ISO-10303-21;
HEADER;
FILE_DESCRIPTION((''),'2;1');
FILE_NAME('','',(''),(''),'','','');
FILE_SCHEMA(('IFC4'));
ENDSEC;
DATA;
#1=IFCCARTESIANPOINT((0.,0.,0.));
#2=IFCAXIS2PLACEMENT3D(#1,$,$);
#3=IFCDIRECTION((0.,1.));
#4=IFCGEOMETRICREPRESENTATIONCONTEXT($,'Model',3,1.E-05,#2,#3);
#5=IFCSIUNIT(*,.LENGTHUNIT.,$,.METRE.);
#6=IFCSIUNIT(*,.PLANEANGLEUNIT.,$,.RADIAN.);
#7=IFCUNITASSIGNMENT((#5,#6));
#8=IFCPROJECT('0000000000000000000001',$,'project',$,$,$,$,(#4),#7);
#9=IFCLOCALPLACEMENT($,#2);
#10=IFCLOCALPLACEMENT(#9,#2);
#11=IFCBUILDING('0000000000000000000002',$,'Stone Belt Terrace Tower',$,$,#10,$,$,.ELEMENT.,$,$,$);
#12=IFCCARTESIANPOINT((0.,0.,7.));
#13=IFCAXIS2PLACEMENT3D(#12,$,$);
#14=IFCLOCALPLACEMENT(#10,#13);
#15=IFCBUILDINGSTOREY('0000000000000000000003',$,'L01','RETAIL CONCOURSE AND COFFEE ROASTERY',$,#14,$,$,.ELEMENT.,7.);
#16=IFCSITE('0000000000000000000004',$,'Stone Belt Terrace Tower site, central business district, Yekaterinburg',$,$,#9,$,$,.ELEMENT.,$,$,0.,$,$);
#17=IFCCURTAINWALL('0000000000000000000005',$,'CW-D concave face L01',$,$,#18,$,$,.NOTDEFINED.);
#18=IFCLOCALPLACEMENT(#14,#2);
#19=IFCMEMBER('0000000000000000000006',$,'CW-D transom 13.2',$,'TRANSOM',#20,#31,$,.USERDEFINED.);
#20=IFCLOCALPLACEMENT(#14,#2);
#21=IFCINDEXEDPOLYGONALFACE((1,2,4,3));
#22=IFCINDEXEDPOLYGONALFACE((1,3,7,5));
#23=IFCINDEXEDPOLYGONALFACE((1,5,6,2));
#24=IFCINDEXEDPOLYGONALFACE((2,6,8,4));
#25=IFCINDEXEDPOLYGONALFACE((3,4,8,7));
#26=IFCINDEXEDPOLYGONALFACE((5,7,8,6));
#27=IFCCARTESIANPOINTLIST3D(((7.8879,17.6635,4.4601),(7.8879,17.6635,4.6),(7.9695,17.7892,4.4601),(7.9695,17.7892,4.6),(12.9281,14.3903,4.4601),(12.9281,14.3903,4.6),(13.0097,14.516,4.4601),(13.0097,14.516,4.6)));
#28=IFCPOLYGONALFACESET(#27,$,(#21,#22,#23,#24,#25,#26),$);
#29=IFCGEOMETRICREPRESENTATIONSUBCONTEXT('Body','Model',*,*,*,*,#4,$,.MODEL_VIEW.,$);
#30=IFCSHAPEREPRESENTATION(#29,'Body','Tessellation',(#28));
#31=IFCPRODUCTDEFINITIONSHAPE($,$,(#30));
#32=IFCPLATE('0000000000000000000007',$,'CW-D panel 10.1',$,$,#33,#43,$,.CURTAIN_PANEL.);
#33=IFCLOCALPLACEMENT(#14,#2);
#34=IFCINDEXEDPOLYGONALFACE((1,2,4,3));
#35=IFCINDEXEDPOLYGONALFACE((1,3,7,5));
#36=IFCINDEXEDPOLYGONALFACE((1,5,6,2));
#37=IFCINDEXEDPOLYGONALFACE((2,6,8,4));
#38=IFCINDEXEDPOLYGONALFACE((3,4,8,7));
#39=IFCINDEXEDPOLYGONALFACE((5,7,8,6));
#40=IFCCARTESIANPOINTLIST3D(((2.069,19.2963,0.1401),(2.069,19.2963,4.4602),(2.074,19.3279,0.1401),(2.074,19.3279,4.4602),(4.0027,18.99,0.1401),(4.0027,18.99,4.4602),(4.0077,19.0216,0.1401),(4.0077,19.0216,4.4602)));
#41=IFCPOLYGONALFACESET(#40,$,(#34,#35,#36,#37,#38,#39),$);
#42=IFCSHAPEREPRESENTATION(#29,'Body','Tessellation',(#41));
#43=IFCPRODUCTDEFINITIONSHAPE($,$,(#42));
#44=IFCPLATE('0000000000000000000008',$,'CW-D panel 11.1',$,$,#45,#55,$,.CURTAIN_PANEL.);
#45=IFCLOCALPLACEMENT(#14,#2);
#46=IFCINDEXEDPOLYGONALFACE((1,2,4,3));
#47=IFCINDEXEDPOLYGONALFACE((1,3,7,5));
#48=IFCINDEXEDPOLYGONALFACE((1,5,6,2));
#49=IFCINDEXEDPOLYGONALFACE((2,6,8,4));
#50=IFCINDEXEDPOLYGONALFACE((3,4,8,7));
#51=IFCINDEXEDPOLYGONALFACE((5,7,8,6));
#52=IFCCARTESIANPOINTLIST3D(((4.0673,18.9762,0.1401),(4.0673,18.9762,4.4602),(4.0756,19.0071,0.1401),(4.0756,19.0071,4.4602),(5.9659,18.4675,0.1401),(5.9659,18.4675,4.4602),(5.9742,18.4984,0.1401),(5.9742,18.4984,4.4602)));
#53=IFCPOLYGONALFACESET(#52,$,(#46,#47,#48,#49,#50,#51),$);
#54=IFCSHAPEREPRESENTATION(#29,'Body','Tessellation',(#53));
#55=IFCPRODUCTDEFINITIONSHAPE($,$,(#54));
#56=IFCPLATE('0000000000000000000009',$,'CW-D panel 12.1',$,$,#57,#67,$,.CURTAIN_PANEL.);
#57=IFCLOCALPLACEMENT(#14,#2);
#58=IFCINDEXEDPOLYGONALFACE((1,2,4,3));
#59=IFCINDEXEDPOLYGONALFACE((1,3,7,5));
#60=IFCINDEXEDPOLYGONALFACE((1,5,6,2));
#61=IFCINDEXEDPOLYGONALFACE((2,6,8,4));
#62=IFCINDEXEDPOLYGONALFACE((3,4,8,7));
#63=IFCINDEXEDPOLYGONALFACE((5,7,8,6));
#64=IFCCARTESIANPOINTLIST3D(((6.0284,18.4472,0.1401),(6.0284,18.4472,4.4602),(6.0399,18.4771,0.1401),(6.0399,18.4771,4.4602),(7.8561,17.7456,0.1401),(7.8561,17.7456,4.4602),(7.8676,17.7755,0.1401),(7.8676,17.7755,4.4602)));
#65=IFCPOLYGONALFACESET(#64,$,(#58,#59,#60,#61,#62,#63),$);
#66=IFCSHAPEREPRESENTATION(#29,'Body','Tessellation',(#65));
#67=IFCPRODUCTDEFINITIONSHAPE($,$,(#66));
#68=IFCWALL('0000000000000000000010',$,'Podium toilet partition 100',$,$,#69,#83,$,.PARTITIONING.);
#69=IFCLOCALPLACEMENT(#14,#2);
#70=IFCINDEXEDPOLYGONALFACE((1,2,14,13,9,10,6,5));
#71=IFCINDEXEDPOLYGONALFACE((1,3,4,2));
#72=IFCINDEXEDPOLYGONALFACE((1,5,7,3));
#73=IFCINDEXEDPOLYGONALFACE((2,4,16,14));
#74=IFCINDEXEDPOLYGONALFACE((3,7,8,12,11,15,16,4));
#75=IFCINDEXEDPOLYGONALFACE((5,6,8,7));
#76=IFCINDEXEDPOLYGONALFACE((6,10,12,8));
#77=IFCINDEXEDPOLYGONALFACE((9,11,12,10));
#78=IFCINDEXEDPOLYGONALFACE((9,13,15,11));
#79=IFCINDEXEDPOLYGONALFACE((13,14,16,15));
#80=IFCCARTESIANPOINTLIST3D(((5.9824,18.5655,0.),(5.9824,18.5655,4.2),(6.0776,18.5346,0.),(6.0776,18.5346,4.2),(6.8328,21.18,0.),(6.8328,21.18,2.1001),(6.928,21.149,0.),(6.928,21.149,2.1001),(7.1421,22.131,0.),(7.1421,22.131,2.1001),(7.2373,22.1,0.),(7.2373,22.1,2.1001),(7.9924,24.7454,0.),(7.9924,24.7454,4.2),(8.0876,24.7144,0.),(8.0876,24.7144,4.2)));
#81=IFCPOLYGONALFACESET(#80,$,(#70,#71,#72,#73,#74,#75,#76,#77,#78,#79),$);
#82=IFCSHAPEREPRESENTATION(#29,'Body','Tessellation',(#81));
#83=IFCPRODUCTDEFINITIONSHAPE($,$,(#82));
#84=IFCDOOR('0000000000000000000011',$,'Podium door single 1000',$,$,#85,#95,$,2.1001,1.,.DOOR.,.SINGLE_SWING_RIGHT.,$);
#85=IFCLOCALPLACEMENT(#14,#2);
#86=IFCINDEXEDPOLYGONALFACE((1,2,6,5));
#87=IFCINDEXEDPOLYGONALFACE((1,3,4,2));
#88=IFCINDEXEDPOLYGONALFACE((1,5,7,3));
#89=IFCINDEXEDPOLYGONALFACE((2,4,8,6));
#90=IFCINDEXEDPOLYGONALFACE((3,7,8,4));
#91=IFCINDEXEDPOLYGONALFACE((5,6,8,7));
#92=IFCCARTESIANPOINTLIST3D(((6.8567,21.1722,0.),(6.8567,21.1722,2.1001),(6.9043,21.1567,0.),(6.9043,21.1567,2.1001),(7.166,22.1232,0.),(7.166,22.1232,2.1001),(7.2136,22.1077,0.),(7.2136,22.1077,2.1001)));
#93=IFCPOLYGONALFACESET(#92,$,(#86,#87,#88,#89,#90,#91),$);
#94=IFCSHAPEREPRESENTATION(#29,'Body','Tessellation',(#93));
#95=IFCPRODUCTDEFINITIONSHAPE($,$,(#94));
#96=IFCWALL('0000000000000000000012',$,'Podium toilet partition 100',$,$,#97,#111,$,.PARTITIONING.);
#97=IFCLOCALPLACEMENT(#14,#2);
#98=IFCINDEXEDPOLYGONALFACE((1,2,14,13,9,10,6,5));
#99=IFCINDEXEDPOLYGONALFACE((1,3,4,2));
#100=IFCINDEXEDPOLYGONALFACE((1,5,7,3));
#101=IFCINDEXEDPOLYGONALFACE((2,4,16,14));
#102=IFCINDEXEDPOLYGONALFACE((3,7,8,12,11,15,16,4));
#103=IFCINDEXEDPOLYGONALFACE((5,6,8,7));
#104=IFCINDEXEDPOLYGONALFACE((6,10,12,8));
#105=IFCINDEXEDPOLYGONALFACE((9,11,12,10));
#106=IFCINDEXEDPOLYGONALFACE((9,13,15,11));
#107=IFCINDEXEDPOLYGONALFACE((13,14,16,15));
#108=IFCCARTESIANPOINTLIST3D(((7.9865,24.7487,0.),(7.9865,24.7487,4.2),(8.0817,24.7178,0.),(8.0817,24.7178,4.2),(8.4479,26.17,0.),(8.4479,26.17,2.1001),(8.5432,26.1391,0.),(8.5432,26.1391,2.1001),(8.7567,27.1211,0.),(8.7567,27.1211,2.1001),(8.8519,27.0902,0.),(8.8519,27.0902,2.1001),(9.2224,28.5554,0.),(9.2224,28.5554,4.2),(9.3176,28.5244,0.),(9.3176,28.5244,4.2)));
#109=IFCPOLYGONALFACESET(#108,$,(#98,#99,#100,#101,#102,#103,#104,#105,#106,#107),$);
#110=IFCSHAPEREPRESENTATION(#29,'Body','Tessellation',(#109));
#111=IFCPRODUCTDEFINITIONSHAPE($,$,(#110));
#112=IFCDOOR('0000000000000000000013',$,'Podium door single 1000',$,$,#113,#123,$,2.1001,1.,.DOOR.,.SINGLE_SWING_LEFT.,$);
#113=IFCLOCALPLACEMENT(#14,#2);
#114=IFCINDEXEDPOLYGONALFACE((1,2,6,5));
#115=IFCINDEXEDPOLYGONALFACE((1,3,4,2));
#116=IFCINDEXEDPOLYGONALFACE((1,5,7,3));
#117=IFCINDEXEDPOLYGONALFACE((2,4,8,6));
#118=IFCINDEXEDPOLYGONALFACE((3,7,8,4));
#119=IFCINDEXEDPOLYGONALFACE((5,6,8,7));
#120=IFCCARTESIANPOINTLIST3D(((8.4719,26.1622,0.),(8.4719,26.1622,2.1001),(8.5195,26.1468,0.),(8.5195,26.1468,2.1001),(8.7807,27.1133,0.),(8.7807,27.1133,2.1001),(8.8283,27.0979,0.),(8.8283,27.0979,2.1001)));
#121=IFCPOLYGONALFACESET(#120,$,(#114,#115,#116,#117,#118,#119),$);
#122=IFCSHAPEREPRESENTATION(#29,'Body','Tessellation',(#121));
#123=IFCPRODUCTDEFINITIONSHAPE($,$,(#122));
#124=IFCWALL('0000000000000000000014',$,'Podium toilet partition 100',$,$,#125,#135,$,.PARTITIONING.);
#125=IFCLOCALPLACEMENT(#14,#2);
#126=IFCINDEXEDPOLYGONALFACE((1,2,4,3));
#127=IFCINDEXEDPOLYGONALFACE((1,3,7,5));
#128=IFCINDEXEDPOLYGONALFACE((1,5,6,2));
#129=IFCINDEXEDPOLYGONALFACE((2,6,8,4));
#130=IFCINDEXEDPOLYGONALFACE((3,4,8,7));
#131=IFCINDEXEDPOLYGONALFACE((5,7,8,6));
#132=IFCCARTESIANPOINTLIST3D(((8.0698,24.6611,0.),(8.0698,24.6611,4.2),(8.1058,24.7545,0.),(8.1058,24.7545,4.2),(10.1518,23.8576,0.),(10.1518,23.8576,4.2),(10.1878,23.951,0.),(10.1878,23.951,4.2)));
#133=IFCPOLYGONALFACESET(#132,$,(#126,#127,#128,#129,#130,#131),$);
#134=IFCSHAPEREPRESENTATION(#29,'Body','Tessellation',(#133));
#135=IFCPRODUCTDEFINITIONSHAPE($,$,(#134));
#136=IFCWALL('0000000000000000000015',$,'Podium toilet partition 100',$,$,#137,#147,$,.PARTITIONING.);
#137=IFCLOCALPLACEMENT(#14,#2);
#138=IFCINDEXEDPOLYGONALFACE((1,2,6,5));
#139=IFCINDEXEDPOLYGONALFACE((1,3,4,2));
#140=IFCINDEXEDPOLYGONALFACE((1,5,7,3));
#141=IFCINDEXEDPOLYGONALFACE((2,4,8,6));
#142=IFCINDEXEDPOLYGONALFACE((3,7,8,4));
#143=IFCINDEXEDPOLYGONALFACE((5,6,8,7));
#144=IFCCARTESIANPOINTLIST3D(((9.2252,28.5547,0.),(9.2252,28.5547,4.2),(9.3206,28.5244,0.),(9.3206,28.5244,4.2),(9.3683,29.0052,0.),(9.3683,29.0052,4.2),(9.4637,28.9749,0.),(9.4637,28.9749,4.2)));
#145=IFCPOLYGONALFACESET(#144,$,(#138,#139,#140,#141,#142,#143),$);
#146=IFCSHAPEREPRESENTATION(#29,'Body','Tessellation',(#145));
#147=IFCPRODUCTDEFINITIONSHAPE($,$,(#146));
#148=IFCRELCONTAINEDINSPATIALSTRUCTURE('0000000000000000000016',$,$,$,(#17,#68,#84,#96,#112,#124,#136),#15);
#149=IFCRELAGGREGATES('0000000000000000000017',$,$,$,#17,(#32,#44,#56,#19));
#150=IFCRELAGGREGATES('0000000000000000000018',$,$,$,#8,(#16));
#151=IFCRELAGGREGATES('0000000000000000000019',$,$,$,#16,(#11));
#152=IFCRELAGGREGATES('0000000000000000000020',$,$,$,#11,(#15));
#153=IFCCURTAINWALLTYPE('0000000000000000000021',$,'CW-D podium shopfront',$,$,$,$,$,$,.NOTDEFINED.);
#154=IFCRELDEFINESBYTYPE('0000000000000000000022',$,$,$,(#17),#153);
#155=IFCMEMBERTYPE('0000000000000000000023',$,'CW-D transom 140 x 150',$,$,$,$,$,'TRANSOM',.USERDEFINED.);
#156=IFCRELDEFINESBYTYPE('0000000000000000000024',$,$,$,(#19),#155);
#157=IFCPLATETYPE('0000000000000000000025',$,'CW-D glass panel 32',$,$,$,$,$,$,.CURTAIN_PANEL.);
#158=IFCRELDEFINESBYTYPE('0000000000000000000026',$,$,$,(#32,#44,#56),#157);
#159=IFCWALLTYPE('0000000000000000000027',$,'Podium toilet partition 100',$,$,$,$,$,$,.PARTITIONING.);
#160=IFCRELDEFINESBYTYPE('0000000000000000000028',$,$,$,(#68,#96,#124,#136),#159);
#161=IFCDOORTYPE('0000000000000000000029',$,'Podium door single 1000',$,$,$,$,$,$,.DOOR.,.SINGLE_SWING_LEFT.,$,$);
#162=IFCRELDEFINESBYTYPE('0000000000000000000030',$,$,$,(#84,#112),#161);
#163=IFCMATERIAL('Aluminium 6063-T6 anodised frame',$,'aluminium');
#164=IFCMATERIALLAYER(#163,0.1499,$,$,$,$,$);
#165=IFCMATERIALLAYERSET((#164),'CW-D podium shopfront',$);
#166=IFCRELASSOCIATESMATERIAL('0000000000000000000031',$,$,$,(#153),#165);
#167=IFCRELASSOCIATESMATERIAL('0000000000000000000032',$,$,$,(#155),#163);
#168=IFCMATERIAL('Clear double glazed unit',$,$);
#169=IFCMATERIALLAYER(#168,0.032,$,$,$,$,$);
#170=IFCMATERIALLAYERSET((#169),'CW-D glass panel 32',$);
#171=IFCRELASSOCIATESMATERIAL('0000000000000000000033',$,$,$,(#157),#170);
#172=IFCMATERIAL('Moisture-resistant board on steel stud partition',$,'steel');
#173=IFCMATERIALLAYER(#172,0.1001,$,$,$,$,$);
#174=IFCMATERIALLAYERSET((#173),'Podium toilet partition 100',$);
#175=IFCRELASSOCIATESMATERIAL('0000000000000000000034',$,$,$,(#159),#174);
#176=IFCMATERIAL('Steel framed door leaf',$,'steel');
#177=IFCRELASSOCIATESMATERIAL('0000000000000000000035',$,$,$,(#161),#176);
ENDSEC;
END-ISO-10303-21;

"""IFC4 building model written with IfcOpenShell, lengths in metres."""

from ifc_helpers import new_model, si_unit, direction, frame, frame_2d, origin, origin_2d, place, context, subcontext, project, spatial, rectangle, extrude, material, layer, layer_set, material_profile, profile_set, type_object, element, fill, aggregate, save


model = new_model("IFC4")

# Units and contexts
model_context = context("Model", 3, precision=1e-05, world=origin(), true_north=direction((0.0, 1.0)))
body_context = subcontext(model_context, "Body", "Model", "MODEL_VIEW")
ifc_project = project(units=[si_unit("LENGTHUNIT", "METRE"), si_unit("PLANEANGLEUNIT", "RADIAN")], contexts=[model_context])

# Site, building, storey
site_placement = place(None, origin())
site = spatial("IfcSite", under=ifc_project, at=site_placement, Name="Stone Belt Terrace Tower site, central business district, Yekaterinburg", CompositionType="ELEMENT", RefElevation=0.0)
building_placement = place(site_placement, origin())
building = spatial("IfcBuilding", under=site, at=building_placement, Name="Stone Belt Terrace Tower", CompositionType="ELEMENT")
storey_placement = place(building_placement, frame((0.0, 0.0, 7.0)))
storey = spatial("IfcBuildingStorey", under=building, at=storey_placement, Name="L01", Description="RETAIL CONCOURSE AND COFFEE ROASTERY", CompositionType="ELEMENT", Elevation=7.0)

# Curtain wall, member, plates
ifc_material_1 = material(Name="Aluminium 6063-T6 anodised frame", Category="aluminium")
ifc_layer_1 = layer(ifc_material_1, 0.1499)
ifc_layer_set_1 = layer_set([ifc_layer_1], Name="CW-D podium shopfront")
curtain_wall_type = type_object("IfcCurtainWallType", Name="CW-D podium shopfront", PredefinedType="NOTDEFINED", material=ifc_layer_set_1)
curtain_wall_placement = place(storey_placement, origin())
curtain_wall = element("IfcCurtainWall", 1, at=curtain_wall_placement, inside=storey, type_object=curtain_wall_type, Name="CW-D concave face L01", PredefinedType="NOTDEFINED")
ifc_material_profile_1 = material_profile(ifc_material_1, rectangle(XDim=0.1499, YDim=0.1399, at=origin_2d()), Name="Aluminium 6063-T6 150x140")
ifc_profile_set_1 = profile_set([ifc_material_profile_1], Name="Aluminium 6063-T6 anodised frame")
member_type_1 = type_object("IfcMemberType", Name="CW-D transom 140 x 150", ElementType="TRANSOM", PredefinedType="USERDEFINED", material=ifc_profile_set_1)
member_1_placement = place(storey_placement, frame((7.9287, 17.7263, 4.53), z_axis=(0.838671, -0.544638, 0.0), x_axis=(0.544638, 0.838671, 0.0)))
member_1 = element("IfcMember", 2, at=member_1_placement, type_object=member_type_1, Name="CW-D transom 13.2", ObjectType="TRANSOM", PredefinedType="USERDEFINED", context=body_context, shape_type="SweptSolid", body=[
    extrude(rectangle(XDim=0.1499, YDim=0.1399, at=origin_2d()), origin(), (0.0, 0.0, 1.0), 6.0098),
])
ifc_material_2 = material(Name="Clear double glazed unit")
ifc_layer_2 = layer(ifc_material_2, 0.032)
ifc_layer_set_2 = layer_set([ifc_layer_2], Name="CW-D glass panel 32")
plate_type = type_object("IfcPlateType", Name="CW-D glass panel 32", PredefinedType="CURTAIN_PANEL", material=ifc_layer_set_2)
plate_1_placement = place(storey_placement, frame((3.0383, 19.1589, 0.1401), z_axis=(0.0, 0.0, 1.0), x_axis=(0.987688, -0.156434, 0.0)))
plate_1 = element("IfcPlate", 3, at=plate_1_placement, type_object=plate_type, Name="CW-D panel 10.1", PredefinedType="CURTAIN_PANEL", context=body_context, shape_type="SweptSolid", body=[
    extrude(rectangle(XDim=1.9578, YDim=0.032, at=origin_2d()), origin(), (0.0, 0.0, 1.0), 4.3201),
])
plate_2_placement = place(storey_placement, frame((5.0208, 18.7373, 0.1401), z_axis=(0.0, 0.0, 1.0), x_axis=(0.965926, -0.258819, 0.0)))
plate_2 = element("IfcPlate", 4, at=plate_2_placement, type_object=plate_type, Name="CW-D panel 11.1", PredefinedType="CURTAIN_PANEL", context=body_context, shape_type="SweptSolid", body=[
    extrude(rectangle(XDim=1.9656, YDim=0.032, at=origin_2d()), origin(), (0.0, 0.0, 1.0), 4.3201),
])
plate_3_placement = place(storey_placement, frame((6.948, 18.1113, 0.1401), z_axis=(0.0, 0.0, 1.0), x_axis=(0.93358, -0.358368, 0.0)))
plate_3 = element("IfcPlate", 5, at=plate_3_placement, type_object=plate_type, Name="CW-D panel 12.1", PredefinedType="CURTAIN_PANEL", context=body_context, shape_type="SweptSolid", body=[
    extrude(rectangle(XDim=1.9578, YDim=0.032, at=origin_2d()), origin(), (0.0, 0.0, 1.0), 4.3201),
])
aggregate(curtain_wall, [plate_1, plate_2, plate_3, member_1])

# Walls, openings, doors
ifc_material_3 = material(Name="Moisture-resistant board on steel stud partition", Category="steel")
ifc_layer_3 = layer(ifc_material_3, 0.1001)
ifc_layer_set_3 = layer_set([ifc_layer_3], Name="Podium toilet partition 100")
wall_type = type_object("IfcWallType", Name="Podium toilet partition 100", PredefinedType="PARTITIONING", material=ifc_layer_set_3)
wall_1_placement = place(storey_placement, frame((6.03, 18.55, 0.0), z_axis=(0.0, 0.0, 1.0), x_axis=(0.309299, 0.950965, 0.0)))
wall_1 = element("IfcWall", 6, at=wall_1_placement, inside=storey, type_object=wall_type, Name="Podium toilet partition 100", PredefinedType="PARTITIONING", context=body_context, shape_type="SweptSolid", body=[
    extrude(rectangle(XDim=6.4985, YDim=0.1001, at=frame_2d((3.2493, 0.0))), origin(), (0.0, 0.0, 1.0), 4.2),
])
opening_1_placement = place(wall_1_placement, frame((2.7493, 0.0, 0.0)))
opening_1 = element("IfcOpeningElement", 7, at=opening_1_placement, cuts=wall_1, PredefinedType="OPENING", context=body_context, shape_type="SweptSolid", body=[
    extrude(rectangle(XDim=1.0, YDim=2.1001, at=frame_2d((0.5, 1.05))), frame((0.0, 0.0601, 0.0), z_axis=(0.0, -1.0, 0.0), x_axis=(1.0, 0.0, 0.0)), (0.0, 0.0, 1.0), 0.1201),
])
ifc_material_4 = material(Name="Steel framed door leaf", Category="steel")
door_type = type_object("IfcDoorType", Name="Podium door single 1000", OperationType="SINGLE_SWING_LEFT", PredefinedType="DOOR", material=ifc_material_4)
door_1_placement = place(opening_1_placement, origin())
door_1 = element("IfcDoor", 8, at=door_1_placement, inside=storey, type_object=door_type, Name="Podium door single 1000", OperationType="SINGLE_SWING_RIGHT", OverallHeight=2.1001, OverallWidth=1.0, PredefinedType="DOOR", context=body_context, shape_type="SweptSolid", body=[
    extrude(rectangle(XDim=1.0, YDim=2.1001, at=frame_2d((0.5, 1.05))), frame((0.0, 0.0249, 0.0), z_axis=(0.0, -1.0, 0.0), x_axis=(1.0, 0.0, 0.0)), (0.0, 0.0, 1.0), 0.05),
])
fill(opening_1, door_1)
wall_2_placement = place(storey_placement, frame((8.0342, 24.7334, 0.0), z_axis=(0.0, 0.0, 1.0), x_axis=(0.308788, 0.951131, 0.0)))
wall_2 = element("IfcWall", 9, at=wall_2_placement, inside=storey, type_object=wall_type, Name="Podium toilet partition 100", PredefinedType="PARTITIONING", context=body_context, shape_type="SweptSolid", body=[
    extrude(rectangle(XDim=4.0022, YDim=0.1001, at=frame_2d((2.001, 0.0))), origin(), (0.0, 0.0, 1.0), 4.2),
])
opening_2_placement = place(wall_2_placement, frame((1.4941, 0.0, 0.0)))
opening_2 = element("IfcOpeningElement", 10, at=opening_2_placement, cuts=wall_2, PredefinedType="OPENING", context=body_context, shape_type="SweptSolid", body=[
    extrude(rectangle(XDim=1.0, YDim=2.1001, at=frame_2d((0.5, 1.05))), frame((0.0, 0.0601, 0.0), z_axis=(0.0, -1.0, 0.0), x_axis=(1.0, 0.0, 0.0)), (0.0, 0.0, 1.0), 0.1201),
])
door_2_placement = place(opening_2_placement, origin())
door_2 = element("IfcDoor", 11, at=door_2_placement, inside=storey, type_object=door_type, Name="Podium door single 1000", OperationType="SINGLE_SWING_LEFT", OverallHeight=2.1001, OverallWidth=1.0, PredefinedType="DOOR", context=body_context, shape_type="SweptSolid", body=[
    extrude(rectangle(XDim=1.0, YDim=2.1001, at=frame_2d((0.5, 1.05))), frame((0.0, 0.0249, 0.0), z_axis=(0.0, -1.0, 0.0), x_axis=(1.0, 0.0, 0.0)), (0.0, 0.0, 1.0), 0.05),
])
fill(opening_2, door_2)

# Walls
wall_3_placement = place(storey_placement, frame((8.0879, 24.7078, 0.0), z_axis=(0.0, 0.0, 1.0), x_axis=(0.932942, -0.360027, 0.0)))
element("IfcWall", 12, at=wall_3_placement, inside=storey, type_object=wall_type, Name="Podium toilet partition 100", PredefinedType="PARTITIONING", context=body_context, shape_type="SweptSolid", body=[
    extrude(rectangle(XDim=2.2317, YDim=0.1001, at=frame_2d((1.1157, 0.0))), origin(), (0.0, 0.0, 1.0), 4.2),
])
wall_4_placement = place(storey_placement, frame((9.2729, 28.5396, 0.0), z_axis=(0.0, 0.0, 1.0), x_axis=(0.302713, 0.953082, 0.0)))
element("IfcWall", 13, at=wall_4_placement, inside=storey, type_object=wall_type, Name="Podium toilet partition 100", PredefinedType="PARTITIONING", context=body_context, shape_type="SweptSolid", body=[
    extrude(rectangle(XDim=0.4727, YDim=0.1001, at=frame_2d((0.2363, 0.0))), origin(), (0.0, 0.0, 1.0), 4.2),
])

save(model, "model.ifc")
